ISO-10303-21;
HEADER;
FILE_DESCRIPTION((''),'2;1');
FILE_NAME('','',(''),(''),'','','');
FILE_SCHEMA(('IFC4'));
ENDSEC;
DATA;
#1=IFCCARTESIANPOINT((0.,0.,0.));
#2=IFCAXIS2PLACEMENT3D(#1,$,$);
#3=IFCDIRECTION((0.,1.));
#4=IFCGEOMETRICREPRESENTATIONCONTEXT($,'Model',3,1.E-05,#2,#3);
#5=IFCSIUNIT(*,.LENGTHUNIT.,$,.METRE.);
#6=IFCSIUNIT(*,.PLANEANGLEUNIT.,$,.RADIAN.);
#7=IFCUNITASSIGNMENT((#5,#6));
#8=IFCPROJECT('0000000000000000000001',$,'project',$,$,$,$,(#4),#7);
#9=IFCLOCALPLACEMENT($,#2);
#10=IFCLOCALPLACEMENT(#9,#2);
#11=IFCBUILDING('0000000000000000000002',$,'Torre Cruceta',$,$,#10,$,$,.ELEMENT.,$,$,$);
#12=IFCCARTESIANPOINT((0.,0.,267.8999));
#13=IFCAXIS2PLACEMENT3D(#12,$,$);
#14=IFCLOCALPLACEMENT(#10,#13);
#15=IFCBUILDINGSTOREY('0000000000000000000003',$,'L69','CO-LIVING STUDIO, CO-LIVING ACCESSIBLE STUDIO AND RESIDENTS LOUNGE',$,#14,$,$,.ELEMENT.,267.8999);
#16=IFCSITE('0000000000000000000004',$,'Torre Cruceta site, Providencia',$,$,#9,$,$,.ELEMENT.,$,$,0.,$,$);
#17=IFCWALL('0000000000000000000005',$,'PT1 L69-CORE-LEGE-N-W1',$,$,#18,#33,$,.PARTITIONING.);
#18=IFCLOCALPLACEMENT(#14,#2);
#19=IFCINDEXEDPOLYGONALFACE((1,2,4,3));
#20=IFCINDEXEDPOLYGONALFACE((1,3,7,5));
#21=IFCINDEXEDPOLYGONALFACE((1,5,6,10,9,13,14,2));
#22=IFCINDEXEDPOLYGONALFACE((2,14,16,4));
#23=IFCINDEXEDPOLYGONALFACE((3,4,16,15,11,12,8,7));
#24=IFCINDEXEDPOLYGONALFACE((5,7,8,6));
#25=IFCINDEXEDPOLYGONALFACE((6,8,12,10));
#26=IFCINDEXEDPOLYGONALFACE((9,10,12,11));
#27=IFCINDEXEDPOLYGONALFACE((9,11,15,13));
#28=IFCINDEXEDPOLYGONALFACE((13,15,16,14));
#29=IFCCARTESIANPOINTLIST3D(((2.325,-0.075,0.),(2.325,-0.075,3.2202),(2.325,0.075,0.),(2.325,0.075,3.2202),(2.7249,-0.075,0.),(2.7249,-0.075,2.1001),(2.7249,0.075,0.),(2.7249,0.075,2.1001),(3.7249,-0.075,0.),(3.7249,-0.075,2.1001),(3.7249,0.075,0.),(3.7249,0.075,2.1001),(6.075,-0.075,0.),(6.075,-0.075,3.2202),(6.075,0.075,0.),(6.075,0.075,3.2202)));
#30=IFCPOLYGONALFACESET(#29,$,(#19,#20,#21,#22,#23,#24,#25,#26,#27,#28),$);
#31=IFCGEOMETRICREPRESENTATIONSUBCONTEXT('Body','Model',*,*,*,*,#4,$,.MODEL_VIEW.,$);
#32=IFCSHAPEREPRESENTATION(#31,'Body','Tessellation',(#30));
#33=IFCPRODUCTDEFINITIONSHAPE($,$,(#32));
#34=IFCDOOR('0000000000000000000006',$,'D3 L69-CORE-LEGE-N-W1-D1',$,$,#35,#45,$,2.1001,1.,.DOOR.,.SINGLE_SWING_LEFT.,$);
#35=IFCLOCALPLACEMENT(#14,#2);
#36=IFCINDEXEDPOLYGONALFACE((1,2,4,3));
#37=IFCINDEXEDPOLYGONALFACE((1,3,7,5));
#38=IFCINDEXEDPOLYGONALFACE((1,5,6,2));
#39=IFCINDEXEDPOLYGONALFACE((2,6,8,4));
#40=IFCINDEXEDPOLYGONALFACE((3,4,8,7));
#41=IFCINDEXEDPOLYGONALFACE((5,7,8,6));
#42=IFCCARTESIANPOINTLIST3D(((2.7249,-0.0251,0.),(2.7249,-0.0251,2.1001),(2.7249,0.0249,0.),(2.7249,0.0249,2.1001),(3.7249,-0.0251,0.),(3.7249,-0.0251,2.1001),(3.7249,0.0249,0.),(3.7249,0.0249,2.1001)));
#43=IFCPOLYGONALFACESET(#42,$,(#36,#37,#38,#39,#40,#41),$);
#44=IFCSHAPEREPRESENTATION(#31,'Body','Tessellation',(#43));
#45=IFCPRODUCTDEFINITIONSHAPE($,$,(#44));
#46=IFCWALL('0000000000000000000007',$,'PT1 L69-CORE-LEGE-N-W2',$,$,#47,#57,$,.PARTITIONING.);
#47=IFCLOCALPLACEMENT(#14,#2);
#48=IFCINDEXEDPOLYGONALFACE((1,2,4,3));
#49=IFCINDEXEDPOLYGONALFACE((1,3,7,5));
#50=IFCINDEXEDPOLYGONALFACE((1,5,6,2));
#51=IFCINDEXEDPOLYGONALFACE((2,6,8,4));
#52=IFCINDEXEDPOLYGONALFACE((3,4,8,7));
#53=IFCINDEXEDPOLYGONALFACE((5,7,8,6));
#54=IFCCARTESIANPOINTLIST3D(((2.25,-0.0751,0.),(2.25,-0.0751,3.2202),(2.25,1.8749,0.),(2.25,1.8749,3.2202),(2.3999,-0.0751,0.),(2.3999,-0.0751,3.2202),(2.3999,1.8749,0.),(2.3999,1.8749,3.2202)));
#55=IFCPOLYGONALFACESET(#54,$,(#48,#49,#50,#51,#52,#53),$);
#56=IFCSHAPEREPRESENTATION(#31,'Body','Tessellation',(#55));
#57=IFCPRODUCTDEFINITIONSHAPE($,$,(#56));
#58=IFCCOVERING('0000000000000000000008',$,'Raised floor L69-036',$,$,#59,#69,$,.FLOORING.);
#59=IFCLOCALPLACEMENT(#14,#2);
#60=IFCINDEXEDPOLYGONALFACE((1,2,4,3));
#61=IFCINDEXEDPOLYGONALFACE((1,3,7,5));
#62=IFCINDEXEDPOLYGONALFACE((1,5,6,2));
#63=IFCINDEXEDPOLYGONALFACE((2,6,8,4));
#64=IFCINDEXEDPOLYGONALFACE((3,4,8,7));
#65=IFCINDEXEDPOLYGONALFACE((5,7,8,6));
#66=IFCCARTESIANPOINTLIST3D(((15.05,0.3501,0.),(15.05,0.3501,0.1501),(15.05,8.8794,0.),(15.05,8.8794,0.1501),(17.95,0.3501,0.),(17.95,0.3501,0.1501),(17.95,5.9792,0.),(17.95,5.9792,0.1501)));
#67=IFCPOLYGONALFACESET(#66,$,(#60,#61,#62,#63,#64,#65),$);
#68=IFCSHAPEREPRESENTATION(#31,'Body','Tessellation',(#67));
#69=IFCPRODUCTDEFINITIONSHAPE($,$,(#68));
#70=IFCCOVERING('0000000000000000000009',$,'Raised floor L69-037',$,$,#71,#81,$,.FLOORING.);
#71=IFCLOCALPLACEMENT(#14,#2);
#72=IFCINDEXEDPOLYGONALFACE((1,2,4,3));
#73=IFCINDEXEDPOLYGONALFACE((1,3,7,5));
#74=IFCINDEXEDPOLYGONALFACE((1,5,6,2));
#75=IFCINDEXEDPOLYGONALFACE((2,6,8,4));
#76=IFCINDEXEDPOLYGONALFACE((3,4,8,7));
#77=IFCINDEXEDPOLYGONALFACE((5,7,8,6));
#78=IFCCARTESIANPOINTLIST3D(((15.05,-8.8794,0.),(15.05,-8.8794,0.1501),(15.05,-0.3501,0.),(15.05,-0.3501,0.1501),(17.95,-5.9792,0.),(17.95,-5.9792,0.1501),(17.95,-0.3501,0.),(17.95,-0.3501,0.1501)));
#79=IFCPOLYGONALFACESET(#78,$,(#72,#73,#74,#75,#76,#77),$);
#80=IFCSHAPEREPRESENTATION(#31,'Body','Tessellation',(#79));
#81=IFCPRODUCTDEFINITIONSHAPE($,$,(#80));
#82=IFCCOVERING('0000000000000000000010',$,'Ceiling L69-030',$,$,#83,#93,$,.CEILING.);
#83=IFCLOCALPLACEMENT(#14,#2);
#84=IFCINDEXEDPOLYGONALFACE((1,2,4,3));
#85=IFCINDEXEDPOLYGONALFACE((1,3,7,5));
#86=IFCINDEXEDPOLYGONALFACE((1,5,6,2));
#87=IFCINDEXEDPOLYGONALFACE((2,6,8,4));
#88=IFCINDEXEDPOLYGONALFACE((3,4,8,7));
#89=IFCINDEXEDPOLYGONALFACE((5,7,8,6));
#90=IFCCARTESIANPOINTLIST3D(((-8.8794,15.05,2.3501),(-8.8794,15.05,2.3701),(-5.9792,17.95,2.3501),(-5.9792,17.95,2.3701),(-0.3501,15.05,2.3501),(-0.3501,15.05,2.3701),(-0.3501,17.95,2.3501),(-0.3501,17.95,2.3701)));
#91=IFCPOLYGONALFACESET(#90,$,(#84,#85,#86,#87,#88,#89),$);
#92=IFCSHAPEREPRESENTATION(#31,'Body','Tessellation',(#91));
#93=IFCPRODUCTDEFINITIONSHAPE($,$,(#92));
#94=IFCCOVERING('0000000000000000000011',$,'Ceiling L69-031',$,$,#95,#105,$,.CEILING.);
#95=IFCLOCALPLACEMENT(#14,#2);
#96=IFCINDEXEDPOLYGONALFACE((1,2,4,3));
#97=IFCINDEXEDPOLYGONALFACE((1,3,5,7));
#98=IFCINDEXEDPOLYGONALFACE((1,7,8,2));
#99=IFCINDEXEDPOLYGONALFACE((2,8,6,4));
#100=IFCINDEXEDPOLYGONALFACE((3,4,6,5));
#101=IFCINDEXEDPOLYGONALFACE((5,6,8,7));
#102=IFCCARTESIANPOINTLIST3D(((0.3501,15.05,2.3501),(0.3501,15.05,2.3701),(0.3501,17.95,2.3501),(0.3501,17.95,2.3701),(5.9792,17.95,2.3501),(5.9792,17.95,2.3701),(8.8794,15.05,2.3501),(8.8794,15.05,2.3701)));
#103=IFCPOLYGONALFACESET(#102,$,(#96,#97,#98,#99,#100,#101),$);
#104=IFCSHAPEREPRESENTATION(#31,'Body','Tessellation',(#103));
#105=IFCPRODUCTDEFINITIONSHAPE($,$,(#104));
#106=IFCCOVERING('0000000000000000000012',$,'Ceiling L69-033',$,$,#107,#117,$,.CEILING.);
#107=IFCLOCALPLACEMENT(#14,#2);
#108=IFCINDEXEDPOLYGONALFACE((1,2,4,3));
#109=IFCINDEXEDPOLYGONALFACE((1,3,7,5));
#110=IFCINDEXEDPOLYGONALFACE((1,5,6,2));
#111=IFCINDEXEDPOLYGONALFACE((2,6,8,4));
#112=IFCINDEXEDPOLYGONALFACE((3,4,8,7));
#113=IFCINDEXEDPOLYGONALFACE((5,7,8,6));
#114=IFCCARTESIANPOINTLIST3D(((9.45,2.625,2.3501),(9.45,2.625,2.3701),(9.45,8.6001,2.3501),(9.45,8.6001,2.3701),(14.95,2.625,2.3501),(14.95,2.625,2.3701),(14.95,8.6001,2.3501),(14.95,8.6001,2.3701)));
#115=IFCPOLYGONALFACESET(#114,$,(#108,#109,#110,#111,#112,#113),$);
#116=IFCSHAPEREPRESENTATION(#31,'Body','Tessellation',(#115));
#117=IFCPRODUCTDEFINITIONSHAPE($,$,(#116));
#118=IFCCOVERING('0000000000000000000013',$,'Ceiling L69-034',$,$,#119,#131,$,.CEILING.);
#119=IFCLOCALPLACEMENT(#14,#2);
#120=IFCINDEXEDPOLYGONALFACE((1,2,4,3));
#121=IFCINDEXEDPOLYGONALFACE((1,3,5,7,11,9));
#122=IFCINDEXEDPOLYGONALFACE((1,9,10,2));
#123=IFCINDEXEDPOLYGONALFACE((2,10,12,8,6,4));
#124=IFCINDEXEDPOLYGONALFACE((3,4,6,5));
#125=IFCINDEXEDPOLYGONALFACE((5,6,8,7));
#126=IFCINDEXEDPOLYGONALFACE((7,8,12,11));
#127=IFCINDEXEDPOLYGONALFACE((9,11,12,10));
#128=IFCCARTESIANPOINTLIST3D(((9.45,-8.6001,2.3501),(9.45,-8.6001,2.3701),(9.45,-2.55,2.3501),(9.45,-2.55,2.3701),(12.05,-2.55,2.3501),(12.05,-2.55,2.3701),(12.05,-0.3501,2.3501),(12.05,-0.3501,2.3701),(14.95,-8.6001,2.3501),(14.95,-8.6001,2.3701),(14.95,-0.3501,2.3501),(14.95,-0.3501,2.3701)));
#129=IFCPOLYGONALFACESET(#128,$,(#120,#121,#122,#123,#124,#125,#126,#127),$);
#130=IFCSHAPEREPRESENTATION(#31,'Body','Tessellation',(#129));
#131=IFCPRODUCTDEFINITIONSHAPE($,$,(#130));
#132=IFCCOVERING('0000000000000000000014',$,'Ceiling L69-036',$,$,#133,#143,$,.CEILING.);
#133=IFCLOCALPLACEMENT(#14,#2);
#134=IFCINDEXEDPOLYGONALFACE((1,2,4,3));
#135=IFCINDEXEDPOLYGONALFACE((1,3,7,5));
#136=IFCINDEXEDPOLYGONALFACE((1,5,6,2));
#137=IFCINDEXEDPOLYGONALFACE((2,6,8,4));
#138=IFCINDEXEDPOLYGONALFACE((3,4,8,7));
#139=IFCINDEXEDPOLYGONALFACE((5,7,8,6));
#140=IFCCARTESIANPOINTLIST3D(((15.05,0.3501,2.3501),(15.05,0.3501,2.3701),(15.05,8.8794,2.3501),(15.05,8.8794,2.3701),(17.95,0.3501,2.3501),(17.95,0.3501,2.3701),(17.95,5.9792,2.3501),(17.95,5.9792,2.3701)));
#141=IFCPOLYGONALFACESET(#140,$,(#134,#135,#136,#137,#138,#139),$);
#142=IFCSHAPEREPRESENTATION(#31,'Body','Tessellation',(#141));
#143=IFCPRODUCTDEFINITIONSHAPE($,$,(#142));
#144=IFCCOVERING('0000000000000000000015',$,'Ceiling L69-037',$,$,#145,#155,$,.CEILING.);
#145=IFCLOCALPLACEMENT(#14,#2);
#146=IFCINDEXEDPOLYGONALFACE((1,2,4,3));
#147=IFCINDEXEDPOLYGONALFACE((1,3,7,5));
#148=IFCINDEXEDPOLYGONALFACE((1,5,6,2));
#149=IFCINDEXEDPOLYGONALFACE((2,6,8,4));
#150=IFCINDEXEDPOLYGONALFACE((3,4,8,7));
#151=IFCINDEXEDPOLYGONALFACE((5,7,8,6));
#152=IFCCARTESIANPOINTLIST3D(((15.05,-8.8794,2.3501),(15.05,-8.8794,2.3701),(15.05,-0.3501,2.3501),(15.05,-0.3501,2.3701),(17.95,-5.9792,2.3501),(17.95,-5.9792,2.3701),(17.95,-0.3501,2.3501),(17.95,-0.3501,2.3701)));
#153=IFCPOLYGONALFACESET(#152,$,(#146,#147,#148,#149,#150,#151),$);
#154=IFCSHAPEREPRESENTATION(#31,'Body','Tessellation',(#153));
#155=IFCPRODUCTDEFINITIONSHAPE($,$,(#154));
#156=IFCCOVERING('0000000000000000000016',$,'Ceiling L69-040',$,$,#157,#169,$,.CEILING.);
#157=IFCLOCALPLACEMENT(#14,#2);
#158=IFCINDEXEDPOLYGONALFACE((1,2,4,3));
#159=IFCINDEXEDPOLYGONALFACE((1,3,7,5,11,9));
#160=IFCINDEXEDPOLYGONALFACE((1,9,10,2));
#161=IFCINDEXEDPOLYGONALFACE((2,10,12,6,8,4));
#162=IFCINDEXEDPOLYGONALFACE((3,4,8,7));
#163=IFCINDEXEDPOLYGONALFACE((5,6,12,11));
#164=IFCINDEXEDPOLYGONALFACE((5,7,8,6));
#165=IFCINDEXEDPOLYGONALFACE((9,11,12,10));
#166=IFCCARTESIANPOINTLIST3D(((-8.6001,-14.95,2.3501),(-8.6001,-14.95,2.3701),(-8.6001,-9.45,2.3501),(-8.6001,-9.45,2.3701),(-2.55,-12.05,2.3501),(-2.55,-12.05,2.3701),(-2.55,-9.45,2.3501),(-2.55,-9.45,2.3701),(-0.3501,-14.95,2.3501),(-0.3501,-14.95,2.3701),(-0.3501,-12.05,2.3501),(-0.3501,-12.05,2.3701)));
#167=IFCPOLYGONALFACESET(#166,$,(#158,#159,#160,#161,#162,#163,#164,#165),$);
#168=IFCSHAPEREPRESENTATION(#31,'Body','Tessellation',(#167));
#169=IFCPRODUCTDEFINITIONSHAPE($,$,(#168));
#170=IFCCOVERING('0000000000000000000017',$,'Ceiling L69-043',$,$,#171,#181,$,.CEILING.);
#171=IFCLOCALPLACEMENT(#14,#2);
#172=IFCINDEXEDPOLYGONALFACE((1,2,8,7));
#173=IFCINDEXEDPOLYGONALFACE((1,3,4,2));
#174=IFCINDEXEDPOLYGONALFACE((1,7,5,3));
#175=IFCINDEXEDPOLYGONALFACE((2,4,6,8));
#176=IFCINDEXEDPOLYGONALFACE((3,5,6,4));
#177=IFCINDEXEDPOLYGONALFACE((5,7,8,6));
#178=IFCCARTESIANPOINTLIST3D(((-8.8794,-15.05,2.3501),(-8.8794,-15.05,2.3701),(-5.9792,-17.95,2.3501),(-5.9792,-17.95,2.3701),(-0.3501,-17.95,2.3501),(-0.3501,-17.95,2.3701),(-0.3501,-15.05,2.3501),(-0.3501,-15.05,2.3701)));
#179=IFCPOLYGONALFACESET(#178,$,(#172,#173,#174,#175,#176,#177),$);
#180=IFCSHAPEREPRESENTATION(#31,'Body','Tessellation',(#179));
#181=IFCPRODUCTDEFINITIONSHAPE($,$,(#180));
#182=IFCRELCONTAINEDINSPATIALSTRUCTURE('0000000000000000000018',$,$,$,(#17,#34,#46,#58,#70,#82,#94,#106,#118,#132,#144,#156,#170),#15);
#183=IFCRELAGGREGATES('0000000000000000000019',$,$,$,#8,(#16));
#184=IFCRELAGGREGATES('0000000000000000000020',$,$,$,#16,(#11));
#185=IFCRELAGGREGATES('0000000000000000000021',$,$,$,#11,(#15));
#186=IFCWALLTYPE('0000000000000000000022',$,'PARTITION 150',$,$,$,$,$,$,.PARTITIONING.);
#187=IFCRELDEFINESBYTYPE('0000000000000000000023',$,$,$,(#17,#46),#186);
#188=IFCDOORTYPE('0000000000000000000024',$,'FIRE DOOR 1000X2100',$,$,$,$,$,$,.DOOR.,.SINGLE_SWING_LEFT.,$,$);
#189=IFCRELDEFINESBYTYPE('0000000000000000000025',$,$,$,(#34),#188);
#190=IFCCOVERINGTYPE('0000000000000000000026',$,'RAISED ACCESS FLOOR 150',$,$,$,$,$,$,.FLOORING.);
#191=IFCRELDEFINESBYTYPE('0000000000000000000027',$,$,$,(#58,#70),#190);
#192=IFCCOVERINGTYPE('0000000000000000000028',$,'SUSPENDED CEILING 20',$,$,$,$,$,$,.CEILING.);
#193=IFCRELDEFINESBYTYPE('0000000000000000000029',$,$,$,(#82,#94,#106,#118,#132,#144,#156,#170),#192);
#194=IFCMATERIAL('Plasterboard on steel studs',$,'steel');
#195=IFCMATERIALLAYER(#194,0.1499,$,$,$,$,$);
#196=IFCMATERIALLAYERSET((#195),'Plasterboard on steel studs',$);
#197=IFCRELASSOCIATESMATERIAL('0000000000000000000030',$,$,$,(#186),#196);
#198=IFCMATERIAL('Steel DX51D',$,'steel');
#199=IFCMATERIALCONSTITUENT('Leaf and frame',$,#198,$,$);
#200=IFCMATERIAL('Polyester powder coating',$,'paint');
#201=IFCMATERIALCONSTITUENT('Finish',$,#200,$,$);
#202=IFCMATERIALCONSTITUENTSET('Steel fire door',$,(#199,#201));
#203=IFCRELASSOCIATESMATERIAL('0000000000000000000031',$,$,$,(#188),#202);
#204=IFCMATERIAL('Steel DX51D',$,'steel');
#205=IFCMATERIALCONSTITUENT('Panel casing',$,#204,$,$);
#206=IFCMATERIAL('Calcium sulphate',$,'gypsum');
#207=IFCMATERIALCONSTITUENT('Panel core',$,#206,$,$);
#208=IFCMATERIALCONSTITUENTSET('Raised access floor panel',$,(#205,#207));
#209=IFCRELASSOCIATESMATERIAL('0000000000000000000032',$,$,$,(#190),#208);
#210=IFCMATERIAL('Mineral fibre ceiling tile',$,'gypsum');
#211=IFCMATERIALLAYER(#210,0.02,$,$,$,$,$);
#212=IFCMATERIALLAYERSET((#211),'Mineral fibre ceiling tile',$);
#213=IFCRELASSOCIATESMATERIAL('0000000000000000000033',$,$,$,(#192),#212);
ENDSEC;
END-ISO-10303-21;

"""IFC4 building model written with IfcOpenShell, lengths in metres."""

from ifc_helpers import new_model, si_unit, direction, frame, frame_2d, origin, place, context, subcontext, project, spatial, polyline, rectangle, outline, extrude, material, layer, layer_set, constituent, constituent_set, type_object, element, fill, save


model = new_model("IFC4")

# Units and contexts
model_context = context("Model", 3, precision=1e-05, world=origin(), true_north=direction((0.0, 1.0)))
body_context = subcontext(model_context, "Body", "Model", "MODEL_VIEW")
ifc_project = project(units=[si_unit("LENGTHUNIT", "METRE"), si_unit("PLANEANGLEUNIT", "RADIAN")], contexts=[model_context])

# Site, building, storey
site_placement = place(None, origin())
site = spatial("IfcSite", under=ifc_project, at=site_placement, Name="Torre Cruceta site, Providencia", CompositionType="ELEMENT", RefElevation=0.0)
building_placement = place(site_placement, origin())
building = spatial("IfcBuilding", under=site, at=building_placement, Name="Torre Cruceta", CompositionType="ELEMENT")
storey_placement = place(building_placement, frame((0.0, 0.0, 267.8999)))
storey = spatial("IfcBuildingStorey", under=building, at=storey_placement, Name="L69", Description="CO-LIVING STUDIO, CO-LIVING ACCESSIBLE STUDIO AND RESIDENTS LOUNGE", CompositionType="ELEMENT", Elevation=267.8999)

# Wall, opening, door
ifc_material_1 = material(Name="Plasterboard on steel studs", Category="steel")
ifc_layer_1 = layer(ifc_material_1, 0.1499)
ifc_layer_set_1 = layer_set([ifc_layer_1], Name="Plasterboard on steel studs")
wall_type_1 = type_object("IfcWallType", Name="PARTITION 150", PredefinedType="PARTITIONING", material=ifc_layer_set_1)
wall_1_placement = place(storey_placement, frame((2.325, 0.0, 0.0), z_axis=(0.0, 0.0, 1.0), x_axis=(1.0, 0.0, 0.0)))
wall_1 = element("IfcWall", 1, at=wall_1_placement, inside=storey, type_object=wall_type_1, Name="PT1 L69-CORE-LEGE-N-W1", PredefinedType="PARTITIONING", context=body_context, shape_type="SweptSolid", body=[
    extrude(rectangle(XDim=3.75, YDim=0.1499, at=frame_2d((1.875, 0.0))), origin(), (0.0, 0.0, 1.0), 3.2202),
])
opening_1_placement = place(wall_1_placement, frame((0.3999, 0.0, 0.0)))
opening_1 = element("IfcOpeningElement", 2, at=opening_1_placement, cuts=wall_1, PredefinedType="OPENING", context=body_context, shape_type="SweptSolid", body=[
    extrude(rectangle(XDim=1.0, YDim=2.1001, at=frame_2d((0.5, 1.05))), frame((0.0, 0.085, 0.0), z_axis=(0.0, -1.0, 0.0), x_axis=(1.0, 0.0, 0.0)), (0.0, 0.0, 1.0), 0.1699),
])
ifc_material_2 = material(Name="Steel DX51D", Category="steel")
ifc_constituent_1 = constituent(ifc_material_2, Name="Leaf and frame")
ifc_material_3 = material(Name="Polyester powder coating", Category="paint")
ifc_constituent_2 = constituent(ifc_material_3, Name="Finish")
ifc_constituent_set_1 = constituent_set(constituents=[ifc_constituent_1, ifc_constituent_2], Name="Steel fire door")
door_type_1 = type_object("IfcDoorType", Name="FIRE DOOR 1000X2100", OperationType="SINGLE_SWING_LEFT", PredefinedType="DOOR", material=ifc_constituent_set_1)
door_1_placement = place(opening_1_placement, origin())
door_1 = element("IfcDoor", 3, at=door_1_placement, inside=storey, type_object=door_type_1, Name="D3 L69-CORE-LEGE-N-W1-D1", OperationType="SINGLE_SWING_LEFT", OverallHeight=2.1001, OverallWidth=1.0, PredefinedType="DOOR", context=body_context, shape_type="SweptSolid", body=[
    extrude(rectangle(XDim=1.0, YDim=2.1001, at=frame_2d((0.5, 1.05))), frame((0.0, 0.0249, 0.0), z_axis=(0.0, -1.0, 0.0), x_axis=(1.0, 0.0, 0.0)), (0.0, 0.0, 1.0), 0.05),
])
fill(opening_1, door_1)

# Wall
wall_2_placement = place(storey_placement, frame((2.325, 1.875, 0.0), z_axis=(0.0, 0.0, 1.0), x_axis=(0.0, -1.0, 0.0)))
element("IfcWall", 4, at=wall_2_placement, inside=storey, type_object=wall_type_1, Name="PT1 L69-CORE-LEGE-N-W2", PredefinedType="PARTITIONING", context=body_context, shape_type="SweptSolid", body=[
    extrude(rectangle(XDim=1.95, YDim=0.1499, at=frame_2d((0.9751, 0.0))), origin(), (0.0, 0.0, 1.0), 3.2202),
])

# Coverings
ifc_material_4 = material(Name="Steel DX51D", Category="steel")
ifc_constituent_3 = constituent(ifc_material_4, Name="Panel casing")
ifc_material_5 = material(Name="Calcium sulphate", Category="gypsum")
ifc_constituent_4 = constituent(ifc_material_5, Name="Panel core")
ifc_constituent_set_2 = constituent_set(constituents=[ifc_constituent_3, ifc_constituent_4], Name="Raised access floor panel")
covering_type_1 = type_object("IfcCoveringType", Name="RAISED ACCESS FLOOR 150", PredefinedType="FLOORING", material=ifc_constituent_set_2)
covering_1_placement = place(storey_placement, origin())
element("IfcCovering", 5, at=covering_1_placement, inside=storey, type_object=covering_type_1, Name="Raised floor L69-036", PredefinedType="FLOORING", context=body_context, shape_type="SweptSolid", body=[
    extrude(outline(polyline([(17.95, 5.9792), (17.95, 0.3501), (15.05, 0.3501), (15.05, 8.8794), (17.95, 5.9792)])), origin(), (0.0, 0.0, 1.0), 0.1501),
])
covering_2_placement = place(storey_placement, origin())
element("IfcCovering", 6, at=covering_2_placement, inside=storey, type_object=covering_type_1, Name="Raised floor L69-037", PredefinedType="FLOORING", context=body_context, shape_type="SweptSolid", body=[
    extrude(outline(polyline([(15.05, -8.8794), (15.05, -0.3501), (17.95, -0.3501), (17.95, -5.9792), (15.05, -8.8794)])), origin(), (0.0, 0.0, 1.0), 0.1501),
])
ifc_material_6 = material(Name="Mineral fibre ceiling tile", Category="gypsum")
ifc_layer_2 = layer(ifc_material_6, 0.02)
ifc_layer_set_2 = layer_set([ifc_layer_2], Name="Mineral fibre ceiling tile")
covering_type_2 = type_object("IfcCoveringType", Name="SUSPENDED CEILING 20", PredefinedType="CEILING", material=ifc_layer_set_2)
covering_3_placement = place(storey_placement, frame((0.0, 0.0, 2.3501)))
element("IfcCovering", 7, at=covering_3_placement, inside=storey, type_object=covering_type_2, Name="Ceiling L69-030", PredefinedType="CEILING", context=body_context, shape_type="SweptSolid", body=[
    extrude(outline(polyline([(-5.9792, 17.95), (-0.3501, 17.95), (-0.3501, 15.05), (-8.8794, 15.05), (-5.9792, 17.95)])), origin(), (0.0, 0.0, 1.0), 0.02),
])
covering_4_placement = place(storey_placement, frame((0.0, 0.0, 2.3501)))
element("IfcCovering", 8, at=covering_4_placement, inside=storey, type_object=covering_type_2, Name="Ceiling L69-031", PredefinedType="CEILING", context=body_context, shape_type="SweptSolid", body=[
    extrude(outline(polyline([(8.8794, 15.05), (0.3501, 15.05), (0.3501, 17.95), (5.9792, 17.95), (8.8794, 15.05)])), origin(), (0.0, 0.0, 1.0), 0.02),
])
covering_5_placement = place(storey_placement, frame((0.0, 0.0, 2.3501)))
element("IfcCovering", 9, at=covering_5_placement, inside=storey, type_object=covering_type_2, Name="Ceiling L69-033", PredefinedType="CEILING", context=body_context, shape_type="SweptSolid", body=[
    extrude(outline(polyline([(9.45, 2.625), (9.45, 8.6001), (14.95, 8.6001), (14.95, 2.625), (9.45, 2.625)])), origin(), (0.0, 0.0, 1.0), 0.02),
])
covering_6_placement = place(storey_placement, frame((0.0, 0.0, 2.3501)))
element("IfcCovering", 10, at=covering_6_placement, inside=storey, type_object=covering_type_2, Name="Ceiling L69-034", PredefinedType="CEILING", context=body_context, shape_type="SweptSolid", body=[
    extrude(outline(polyline([(14.95, -0.3501), (14.95, -8.6001), (9.45, -8.6001), (9.45, -2.55), (12.05, -2.55), (12.05, -0.3501), (14.95, -0.3501)])), origin(), (0.0, 0.0, 1.0), 0.02),
])
covering_7_placement = place(storey_placement, frame((0.0, 0.0, 2.3501)))
element("IfcCovering", 11, at=covering_7_placement, inside=storey, type_object=covering_type_2, Name="Ceiling L69-036", PredefinedType="CEILING", context=body_context, shape_type="SweptSolid", body=[
    extrude(outline(polyline([(17.95, 5.9792), (17.95, 0.3501), (15.05, 0.3501), (15.05, 8.8794), (17.95, 5.9792)])), origin(), (0.0, 0.0, 1.0), 0.02),
])
covering_8_placement = place(storey_placement, frame((0.0, 0.0, 2.3501)))
element("IfcCovering", 12, at=covering_8_placement, inside=storey, type_object=covering_type_2, Name="Ceiling L69-037", PredefinedType="CEILING", context=body_context, shape_type="SweptSolid", body=[
    extrude(outline(polyline([(15.05, -8.8794), (15.05, -0.3501), (17.95, -0.3501), (17.95, -5.9792), (15.05, -8.8794)])), origin(), (0.0, 0.0, 1.0), 0.02),
])
covering_9_placement = place(storey_placement, frame((0.0, 0.0, 2.3501)))
element("IfcCovering", 13, at=covering_9_placement, inside=storey, type_object=covering_type_2, Name="Ceiling L69-040", PredefinedType="CEILING", context=body_context, shape_type="SweptSolid", body=[
    extrude(outline(polyline([(-0.3501, -14.95), (-8.6001, -14.95), (-8.6001, -9.45), (-2.55, -9.45), (-2.55, -12.05), (-0.3501, -12.05), (-0.3501, -14.95)])), origin(), (0.0, 0.0, 1.0), 0.02),
])
covering_10_placement = place(storey_placement, frame((0.0, 0.0, 2.3501)))
element("IfcCovering", 14, at=covering_10_placement, inside=storey, type_object=covering_type_2, Name="Ceiling L69-043", PredefinedType="CEILING", context=body_context, shape_type="SweptSolid", body=[
    extrude(outline(polyline([(-8.8794, -15.05), (-0.3501, -15.05), (-0.3501, -17.95), (-5.9792, -17.95), (-8.8794, -15.05)])), origin(), (0.0, 0.0, 1.0), 0.02),
])

save(model, "model.ifc")
